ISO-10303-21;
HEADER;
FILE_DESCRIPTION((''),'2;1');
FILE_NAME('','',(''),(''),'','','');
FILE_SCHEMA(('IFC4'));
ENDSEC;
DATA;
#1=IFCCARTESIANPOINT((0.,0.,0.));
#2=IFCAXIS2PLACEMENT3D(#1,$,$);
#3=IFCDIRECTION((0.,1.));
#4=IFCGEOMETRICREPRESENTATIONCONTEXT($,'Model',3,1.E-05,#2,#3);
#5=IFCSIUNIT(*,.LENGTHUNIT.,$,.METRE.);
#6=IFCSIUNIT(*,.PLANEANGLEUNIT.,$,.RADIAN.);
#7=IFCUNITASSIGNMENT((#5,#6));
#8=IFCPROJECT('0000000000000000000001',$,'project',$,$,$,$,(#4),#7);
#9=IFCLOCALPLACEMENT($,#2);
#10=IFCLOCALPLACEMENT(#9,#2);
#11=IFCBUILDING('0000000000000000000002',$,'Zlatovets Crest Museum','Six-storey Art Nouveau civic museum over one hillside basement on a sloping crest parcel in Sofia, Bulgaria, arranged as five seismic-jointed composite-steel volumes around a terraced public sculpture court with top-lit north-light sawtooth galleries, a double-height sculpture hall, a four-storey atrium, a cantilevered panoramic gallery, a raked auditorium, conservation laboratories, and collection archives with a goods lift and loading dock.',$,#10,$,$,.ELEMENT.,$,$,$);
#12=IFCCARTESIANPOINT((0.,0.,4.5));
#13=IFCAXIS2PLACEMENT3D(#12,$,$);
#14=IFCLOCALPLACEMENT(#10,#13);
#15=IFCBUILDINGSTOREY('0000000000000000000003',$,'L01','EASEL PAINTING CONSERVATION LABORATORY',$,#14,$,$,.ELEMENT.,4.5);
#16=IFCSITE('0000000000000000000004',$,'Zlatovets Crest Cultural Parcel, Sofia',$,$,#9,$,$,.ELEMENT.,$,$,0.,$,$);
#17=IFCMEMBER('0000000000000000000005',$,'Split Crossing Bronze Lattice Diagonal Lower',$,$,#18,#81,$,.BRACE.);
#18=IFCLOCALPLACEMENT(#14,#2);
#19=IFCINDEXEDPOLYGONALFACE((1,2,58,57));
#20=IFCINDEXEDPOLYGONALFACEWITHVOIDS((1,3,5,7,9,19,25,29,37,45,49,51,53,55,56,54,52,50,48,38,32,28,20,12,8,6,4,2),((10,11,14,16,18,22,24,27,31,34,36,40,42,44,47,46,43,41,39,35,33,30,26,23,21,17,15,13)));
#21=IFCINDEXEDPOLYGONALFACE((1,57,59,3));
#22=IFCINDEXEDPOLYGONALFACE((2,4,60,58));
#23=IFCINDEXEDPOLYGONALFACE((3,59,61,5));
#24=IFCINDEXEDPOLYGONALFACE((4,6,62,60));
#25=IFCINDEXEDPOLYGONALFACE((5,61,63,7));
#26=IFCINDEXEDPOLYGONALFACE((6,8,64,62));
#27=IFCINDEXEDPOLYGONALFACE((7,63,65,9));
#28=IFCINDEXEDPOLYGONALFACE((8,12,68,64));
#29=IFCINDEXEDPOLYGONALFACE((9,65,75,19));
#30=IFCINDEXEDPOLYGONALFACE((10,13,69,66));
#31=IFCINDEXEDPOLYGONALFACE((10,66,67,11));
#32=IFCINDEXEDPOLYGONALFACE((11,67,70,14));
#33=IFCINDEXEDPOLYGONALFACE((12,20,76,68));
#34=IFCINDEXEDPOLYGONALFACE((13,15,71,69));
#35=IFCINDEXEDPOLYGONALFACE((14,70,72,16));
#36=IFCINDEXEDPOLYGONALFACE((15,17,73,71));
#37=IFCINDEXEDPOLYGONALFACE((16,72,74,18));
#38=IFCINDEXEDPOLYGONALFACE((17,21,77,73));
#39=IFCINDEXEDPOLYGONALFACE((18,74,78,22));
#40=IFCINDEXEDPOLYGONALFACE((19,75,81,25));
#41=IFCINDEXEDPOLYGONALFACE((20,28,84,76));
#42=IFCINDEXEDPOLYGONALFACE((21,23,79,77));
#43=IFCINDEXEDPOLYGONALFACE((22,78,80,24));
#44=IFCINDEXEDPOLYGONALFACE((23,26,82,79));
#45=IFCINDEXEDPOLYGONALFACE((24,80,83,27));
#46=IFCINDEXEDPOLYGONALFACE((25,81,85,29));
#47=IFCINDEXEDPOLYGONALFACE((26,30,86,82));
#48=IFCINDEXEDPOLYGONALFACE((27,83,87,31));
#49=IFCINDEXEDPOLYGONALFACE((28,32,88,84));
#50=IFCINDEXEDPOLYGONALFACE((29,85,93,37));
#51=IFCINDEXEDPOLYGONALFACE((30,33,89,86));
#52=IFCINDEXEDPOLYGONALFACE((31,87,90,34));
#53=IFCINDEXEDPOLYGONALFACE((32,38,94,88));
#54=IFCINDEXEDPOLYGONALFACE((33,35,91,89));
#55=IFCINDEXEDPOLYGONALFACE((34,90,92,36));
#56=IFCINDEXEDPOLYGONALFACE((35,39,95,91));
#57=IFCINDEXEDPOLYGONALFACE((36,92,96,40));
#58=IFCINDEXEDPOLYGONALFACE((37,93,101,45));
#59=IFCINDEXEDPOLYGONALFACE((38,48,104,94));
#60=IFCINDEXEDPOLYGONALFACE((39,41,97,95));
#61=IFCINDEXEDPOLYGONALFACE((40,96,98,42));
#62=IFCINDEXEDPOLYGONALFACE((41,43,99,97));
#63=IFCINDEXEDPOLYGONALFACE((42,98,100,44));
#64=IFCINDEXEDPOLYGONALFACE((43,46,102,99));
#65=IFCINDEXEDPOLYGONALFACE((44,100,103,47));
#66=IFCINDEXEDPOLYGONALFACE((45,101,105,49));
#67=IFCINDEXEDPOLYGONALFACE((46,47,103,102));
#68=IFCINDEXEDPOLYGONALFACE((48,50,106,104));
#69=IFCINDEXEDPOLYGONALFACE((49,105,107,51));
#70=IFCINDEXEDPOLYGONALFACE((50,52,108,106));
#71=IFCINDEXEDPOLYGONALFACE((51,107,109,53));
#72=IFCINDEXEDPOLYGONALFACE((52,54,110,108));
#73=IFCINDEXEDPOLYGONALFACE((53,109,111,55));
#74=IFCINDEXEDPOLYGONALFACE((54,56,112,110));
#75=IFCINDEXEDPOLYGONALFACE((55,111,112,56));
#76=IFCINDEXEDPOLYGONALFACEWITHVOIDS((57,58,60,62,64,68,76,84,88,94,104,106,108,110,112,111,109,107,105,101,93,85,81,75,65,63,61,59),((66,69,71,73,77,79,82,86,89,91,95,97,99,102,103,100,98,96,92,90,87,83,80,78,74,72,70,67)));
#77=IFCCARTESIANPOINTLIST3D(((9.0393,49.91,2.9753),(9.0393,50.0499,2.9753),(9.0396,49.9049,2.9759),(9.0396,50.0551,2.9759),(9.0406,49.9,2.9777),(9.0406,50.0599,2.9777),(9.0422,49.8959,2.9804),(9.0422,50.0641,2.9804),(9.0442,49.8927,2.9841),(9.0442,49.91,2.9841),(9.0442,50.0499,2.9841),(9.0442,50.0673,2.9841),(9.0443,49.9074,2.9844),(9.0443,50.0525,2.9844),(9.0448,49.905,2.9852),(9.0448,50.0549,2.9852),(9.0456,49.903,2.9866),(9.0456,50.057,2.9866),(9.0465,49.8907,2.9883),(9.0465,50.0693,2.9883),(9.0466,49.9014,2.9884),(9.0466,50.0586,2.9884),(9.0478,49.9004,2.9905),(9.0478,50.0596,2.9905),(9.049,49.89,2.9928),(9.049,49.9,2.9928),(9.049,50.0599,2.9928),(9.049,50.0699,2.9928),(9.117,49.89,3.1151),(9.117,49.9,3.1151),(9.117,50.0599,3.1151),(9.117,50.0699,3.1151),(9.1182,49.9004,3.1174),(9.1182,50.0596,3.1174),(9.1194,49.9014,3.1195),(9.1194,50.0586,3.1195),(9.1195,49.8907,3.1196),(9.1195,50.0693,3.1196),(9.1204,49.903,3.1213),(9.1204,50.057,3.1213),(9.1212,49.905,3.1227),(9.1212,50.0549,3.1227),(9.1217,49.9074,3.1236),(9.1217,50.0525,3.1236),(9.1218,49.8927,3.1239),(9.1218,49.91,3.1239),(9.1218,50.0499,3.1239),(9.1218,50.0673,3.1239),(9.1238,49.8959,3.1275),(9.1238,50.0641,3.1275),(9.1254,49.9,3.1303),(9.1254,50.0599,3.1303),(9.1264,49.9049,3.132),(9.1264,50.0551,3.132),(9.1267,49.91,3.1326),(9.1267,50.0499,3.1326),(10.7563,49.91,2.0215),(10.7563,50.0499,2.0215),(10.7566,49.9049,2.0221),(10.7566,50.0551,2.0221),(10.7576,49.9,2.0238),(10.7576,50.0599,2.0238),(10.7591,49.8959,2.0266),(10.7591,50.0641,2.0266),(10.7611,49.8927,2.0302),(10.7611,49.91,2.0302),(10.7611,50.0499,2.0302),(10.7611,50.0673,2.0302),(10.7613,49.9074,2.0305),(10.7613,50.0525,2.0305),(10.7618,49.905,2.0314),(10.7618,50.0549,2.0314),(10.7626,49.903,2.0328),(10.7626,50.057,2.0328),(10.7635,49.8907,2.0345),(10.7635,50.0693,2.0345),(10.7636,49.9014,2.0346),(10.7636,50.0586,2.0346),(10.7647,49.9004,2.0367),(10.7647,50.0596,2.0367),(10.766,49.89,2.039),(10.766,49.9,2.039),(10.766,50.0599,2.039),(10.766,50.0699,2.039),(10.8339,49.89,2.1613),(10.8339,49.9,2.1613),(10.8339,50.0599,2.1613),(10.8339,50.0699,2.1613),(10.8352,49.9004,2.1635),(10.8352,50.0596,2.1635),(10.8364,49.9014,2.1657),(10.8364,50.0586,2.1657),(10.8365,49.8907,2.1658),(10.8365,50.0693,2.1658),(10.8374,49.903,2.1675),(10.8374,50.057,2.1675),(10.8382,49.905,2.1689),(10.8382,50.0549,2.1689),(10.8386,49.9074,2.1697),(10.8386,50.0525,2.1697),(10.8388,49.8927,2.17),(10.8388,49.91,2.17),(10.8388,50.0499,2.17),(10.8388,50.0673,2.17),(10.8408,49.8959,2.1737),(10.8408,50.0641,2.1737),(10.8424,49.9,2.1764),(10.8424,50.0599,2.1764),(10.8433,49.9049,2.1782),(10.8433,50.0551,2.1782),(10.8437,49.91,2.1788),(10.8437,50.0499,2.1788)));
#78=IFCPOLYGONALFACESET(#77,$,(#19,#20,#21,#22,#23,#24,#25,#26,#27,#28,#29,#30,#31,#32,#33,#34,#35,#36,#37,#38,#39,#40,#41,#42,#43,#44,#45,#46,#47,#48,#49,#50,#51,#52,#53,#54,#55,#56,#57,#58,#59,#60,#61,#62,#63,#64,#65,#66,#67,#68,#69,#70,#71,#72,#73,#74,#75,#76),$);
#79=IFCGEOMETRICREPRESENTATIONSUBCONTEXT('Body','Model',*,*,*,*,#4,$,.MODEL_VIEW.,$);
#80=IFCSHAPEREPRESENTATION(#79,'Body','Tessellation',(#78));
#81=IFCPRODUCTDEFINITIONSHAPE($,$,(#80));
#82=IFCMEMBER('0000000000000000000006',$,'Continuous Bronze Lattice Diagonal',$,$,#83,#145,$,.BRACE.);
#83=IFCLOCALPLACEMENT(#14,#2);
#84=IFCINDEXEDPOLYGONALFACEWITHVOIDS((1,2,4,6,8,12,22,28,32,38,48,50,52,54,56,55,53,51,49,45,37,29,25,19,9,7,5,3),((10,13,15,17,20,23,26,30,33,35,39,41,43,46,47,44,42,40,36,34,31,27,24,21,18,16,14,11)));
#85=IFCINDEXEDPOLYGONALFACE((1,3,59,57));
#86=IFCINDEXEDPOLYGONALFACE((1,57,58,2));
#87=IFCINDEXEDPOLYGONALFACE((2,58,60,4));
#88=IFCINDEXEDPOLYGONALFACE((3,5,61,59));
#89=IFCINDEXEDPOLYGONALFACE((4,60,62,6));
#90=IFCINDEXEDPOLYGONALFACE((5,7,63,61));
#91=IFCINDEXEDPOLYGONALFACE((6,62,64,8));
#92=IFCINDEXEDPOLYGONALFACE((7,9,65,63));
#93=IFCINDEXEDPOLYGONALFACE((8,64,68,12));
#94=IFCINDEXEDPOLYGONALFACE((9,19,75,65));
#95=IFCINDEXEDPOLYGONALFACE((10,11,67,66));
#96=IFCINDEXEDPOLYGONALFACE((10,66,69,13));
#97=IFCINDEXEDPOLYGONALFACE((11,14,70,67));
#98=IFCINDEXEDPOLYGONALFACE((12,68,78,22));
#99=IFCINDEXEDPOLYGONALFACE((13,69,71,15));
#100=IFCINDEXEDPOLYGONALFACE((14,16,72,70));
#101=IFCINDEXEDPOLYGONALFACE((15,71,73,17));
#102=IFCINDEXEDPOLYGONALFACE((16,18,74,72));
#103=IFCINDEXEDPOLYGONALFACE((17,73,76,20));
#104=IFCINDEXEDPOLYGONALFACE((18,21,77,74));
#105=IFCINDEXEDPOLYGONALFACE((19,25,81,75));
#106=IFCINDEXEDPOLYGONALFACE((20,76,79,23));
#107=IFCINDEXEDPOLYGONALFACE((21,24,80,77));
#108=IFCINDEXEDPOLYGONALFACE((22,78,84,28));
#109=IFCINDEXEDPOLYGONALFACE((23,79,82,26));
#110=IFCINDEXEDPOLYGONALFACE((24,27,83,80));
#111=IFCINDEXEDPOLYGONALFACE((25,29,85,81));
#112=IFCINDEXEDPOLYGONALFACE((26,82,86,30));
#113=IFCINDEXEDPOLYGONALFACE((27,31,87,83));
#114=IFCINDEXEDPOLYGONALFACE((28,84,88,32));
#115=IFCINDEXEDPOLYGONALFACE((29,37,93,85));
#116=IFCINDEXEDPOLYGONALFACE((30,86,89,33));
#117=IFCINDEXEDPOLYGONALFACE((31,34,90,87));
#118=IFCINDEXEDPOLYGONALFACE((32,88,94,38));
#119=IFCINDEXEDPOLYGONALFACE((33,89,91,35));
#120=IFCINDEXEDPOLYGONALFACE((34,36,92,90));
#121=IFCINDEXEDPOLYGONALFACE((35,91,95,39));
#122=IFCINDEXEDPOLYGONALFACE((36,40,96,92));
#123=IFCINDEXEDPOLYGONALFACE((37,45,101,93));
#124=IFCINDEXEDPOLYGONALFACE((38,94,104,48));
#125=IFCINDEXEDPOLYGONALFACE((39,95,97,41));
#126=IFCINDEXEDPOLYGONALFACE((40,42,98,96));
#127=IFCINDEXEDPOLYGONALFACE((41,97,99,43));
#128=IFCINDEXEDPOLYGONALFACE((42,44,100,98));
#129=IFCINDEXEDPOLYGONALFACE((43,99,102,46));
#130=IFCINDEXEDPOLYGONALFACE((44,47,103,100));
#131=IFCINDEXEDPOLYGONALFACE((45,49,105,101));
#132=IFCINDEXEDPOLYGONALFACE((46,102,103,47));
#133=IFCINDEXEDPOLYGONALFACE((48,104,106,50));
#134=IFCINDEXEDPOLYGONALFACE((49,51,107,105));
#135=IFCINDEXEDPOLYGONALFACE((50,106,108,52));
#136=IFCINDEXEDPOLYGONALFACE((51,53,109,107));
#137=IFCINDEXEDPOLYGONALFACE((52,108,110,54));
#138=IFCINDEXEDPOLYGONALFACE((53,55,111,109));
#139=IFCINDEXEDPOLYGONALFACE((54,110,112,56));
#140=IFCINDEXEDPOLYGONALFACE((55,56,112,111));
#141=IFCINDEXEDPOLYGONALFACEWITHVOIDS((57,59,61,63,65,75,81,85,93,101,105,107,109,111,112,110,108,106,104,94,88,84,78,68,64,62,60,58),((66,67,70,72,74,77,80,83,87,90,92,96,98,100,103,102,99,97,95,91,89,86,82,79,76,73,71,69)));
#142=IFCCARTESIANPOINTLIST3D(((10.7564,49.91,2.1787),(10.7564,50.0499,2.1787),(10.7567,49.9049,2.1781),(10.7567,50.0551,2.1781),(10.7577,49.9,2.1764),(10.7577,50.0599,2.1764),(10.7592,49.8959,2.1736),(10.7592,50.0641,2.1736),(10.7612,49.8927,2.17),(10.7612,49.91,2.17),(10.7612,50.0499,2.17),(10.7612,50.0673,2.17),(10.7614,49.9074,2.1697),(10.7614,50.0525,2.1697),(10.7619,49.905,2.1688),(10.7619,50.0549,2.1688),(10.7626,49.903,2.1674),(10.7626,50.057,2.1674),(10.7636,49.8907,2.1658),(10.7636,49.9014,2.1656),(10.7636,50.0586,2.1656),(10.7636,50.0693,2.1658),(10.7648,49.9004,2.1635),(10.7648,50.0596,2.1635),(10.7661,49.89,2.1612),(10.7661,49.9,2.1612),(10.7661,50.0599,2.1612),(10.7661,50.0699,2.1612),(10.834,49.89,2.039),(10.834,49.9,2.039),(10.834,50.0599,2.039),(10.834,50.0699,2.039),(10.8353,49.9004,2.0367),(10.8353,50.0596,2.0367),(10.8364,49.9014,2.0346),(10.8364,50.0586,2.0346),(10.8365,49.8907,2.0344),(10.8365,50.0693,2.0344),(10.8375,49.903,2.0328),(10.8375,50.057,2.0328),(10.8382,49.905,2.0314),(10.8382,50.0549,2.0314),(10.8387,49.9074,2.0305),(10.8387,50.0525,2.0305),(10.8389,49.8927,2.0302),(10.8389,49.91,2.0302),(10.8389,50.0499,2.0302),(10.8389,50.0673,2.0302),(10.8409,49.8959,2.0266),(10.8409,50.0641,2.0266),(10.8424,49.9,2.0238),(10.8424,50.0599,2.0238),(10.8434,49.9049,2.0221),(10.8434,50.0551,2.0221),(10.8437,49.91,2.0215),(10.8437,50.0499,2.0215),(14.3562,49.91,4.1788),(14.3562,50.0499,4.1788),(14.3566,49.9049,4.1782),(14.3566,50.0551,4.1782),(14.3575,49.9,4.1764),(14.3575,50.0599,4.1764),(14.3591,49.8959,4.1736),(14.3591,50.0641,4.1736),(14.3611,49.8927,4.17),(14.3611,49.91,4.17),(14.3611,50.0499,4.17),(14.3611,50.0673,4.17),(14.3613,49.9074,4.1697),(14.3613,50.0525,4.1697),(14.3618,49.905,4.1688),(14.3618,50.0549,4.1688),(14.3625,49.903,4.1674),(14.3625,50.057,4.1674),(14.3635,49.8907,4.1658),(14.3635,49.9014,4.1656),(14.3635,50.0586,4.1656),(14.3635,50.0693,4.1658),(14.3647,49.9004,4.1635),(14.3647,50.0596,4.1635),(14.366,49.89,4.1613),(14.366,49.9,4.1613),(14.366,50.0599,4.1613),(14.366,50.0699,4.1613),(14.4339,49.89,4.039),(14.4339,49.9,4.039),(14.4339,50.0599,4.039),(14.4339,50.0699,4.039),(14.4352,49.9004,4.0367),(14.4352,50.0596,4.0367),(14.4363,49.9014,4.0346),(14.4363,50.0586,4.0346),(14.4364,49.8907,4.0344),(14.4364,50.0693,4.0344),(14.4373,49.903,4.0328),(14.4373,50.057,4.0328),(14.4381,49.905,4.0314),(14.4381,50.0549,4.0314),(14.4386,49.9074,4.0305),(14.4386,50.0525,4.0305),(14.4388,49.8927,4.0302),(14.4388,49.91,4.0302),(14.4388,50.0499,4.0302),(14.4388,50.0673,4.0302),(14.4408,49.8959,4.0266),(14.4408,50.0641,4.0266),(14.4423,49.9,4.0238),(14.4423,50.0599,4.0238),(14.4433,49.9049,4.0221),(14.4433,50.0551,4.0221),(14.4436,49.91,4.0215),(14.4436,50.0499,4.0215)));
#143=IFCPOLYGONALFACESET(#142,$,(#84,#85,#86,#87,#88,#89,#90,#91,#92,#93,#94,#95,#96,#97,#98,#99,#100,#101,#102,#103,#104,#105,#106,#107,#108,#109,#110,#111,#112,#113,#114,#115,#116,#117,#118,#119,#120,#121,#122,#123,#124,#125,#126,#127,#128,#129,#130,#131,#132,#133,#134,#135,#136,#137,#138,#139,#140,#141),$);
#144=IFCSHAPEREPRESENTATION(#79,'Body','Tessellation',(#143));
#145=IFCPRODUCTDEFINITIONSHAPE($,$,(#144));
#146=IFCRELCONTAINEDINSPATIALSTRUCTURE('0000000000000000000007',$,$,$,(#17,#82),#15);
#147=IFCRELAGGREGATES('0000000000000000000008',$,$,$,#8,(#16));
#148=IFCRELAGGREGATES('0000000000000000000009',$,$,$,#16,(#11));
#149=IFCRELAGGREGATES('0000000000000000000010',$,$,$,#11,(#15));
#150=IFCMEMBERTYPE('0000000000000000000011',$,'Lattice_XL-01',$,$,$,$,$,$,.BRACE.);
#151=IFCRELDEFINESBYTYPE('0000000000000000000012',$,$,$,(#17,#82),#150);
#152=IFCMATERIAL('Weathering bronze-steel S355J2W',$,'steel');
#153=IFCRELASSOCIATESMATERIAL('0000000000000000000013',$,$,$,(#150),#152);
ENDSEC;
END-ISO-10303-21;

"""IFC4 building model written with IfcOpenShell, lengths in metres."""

from ifc_helpers import new_model, si_unit, direction, frame, origin, origin_2d, place, context, subcontext, project, spatial, hollow_rectangle, extrude, material, material_profile, profile_set, type_object, element, save


model = new_model("IFC4")

# Units and contexts
model_context = context("Model", 3, precision=1e-05, world=origin(), true_north=direction((0.0, 1.0)))
body_context = subcontext(model_context, "Body", "Model", "MODEL_VIEW")
ifc_project = project(units=[si_unit("LENGTHUNIT", "METRE"), si_unit("PLANEANGLEUNIT", "RADIAN")], contexts=[model_context])

# Site, building, storey
site_placement = place(None, origin())
site = spatial("IfcSite", under=ifc_project, at=site_placement, Name="Zlatovets Crest Cultural Parcel, Sofia", CompositionType="ELEMENT", RefElevation=0.0)
building_placement = place(site_placement, origin())
building = spatial("IfcBuilding", under=site, at=building_placement, Name="Zlatovets Crest Museum", Description="Six-storey Art Nouveau civic museum over one hillside basement on a sloping crest parcel in Sofia, Bulgaria, arranged as five seismic-jointed composite-steel volumes around a terraced public sculpture court with top-lit north-light sawtooth galleries, a double-height sculpture hall, a four-storey atrium, a cantilevered panoramic gallery, a raked auditorium, conservation laboratories, and collection archives with a goods lift and loading dock.", CompositionType="ELEMENT")
storey_placement = place(building_placement, frame((0.0, 0.0, 4.5)))
storey = spatial("IfcBuildingStorey", under=building, at=storey_placement, Name="L01", Description="EASEL PAINTING CONSERVATION LABORATORY", CompositionType="ELEMENT", Elevation=4.5)

# Members
ifc_material_1 = material(Name="Weathering bronze-steel S355J2W", Category="steel")
ifc_material_profile_1 = material_profile(ifc_material_1, hollow_rectangle(XDim=0.1799, YDim=0.1799, WallThickness=0.01, InnerFilletRadius=0.01, OuterFilletRadius=0.02, at=origin_2d()), Name="SHS 180x180x10.0")
ifc_profile_set_1 = profile_set([ifc_material_profile_1], Name="Weathering bronze-steel S355J2W")
member_type_1 = type_object("IfcMemberType", Name="Lattice_XL-01", PredefinedType="BRACE", material=ifc_profile_set_1)
member_1_placement = place(storey_placement, frame((9.083, 49.98, 3.054), z_axis=(0.874169, 0.0, -0.485622), x_axis=(0.0, 1.0, 0.0)))
element("IfcMember", 1, at=member_1_placement, inside=storey, type_object=member_type_1, Name="Split Crossing Bronze Lattice Diagonal Lower", PredefinedType="BRACE", context=body_context, shape_type="SweptSolid", body=[
    extrude(hollow_rectangle(XDim=0.1799, YDim=0.1799, WallThickness=0.01, InnerFilletRadius=0.01, OuterFilletRadius=0.02, at=origin_2d()), origin(), (0.0, 0.0, 1.0), 1.9641),
])
member_2_placement = place(storey_placement, frame((10.8, 49.98, 2.1001), z_axis=(0.874149, 0.0, 0.485658), x_axis=(0.0, 1.0, 0.0)))
element("IfcMember", 2, at=member_2_placement, inside=storey, type_object=member_type_1, Name="Continuous Bronze Lattice Diagonal", PredefinedType="BRACE", context=body_context, shape_type="SweptSolid", body=[
    extrude(hollow_rectangle(XDim=0.1799, YDim=0.1799, WallThickness=0.01, InnerFilletRadius=0.01, OuterFilletRadius=0.02, at=origin_2d()), origin(), (0.0, 0.0, 1.0), 4.1182),
])

save(model, "model.ifc")
